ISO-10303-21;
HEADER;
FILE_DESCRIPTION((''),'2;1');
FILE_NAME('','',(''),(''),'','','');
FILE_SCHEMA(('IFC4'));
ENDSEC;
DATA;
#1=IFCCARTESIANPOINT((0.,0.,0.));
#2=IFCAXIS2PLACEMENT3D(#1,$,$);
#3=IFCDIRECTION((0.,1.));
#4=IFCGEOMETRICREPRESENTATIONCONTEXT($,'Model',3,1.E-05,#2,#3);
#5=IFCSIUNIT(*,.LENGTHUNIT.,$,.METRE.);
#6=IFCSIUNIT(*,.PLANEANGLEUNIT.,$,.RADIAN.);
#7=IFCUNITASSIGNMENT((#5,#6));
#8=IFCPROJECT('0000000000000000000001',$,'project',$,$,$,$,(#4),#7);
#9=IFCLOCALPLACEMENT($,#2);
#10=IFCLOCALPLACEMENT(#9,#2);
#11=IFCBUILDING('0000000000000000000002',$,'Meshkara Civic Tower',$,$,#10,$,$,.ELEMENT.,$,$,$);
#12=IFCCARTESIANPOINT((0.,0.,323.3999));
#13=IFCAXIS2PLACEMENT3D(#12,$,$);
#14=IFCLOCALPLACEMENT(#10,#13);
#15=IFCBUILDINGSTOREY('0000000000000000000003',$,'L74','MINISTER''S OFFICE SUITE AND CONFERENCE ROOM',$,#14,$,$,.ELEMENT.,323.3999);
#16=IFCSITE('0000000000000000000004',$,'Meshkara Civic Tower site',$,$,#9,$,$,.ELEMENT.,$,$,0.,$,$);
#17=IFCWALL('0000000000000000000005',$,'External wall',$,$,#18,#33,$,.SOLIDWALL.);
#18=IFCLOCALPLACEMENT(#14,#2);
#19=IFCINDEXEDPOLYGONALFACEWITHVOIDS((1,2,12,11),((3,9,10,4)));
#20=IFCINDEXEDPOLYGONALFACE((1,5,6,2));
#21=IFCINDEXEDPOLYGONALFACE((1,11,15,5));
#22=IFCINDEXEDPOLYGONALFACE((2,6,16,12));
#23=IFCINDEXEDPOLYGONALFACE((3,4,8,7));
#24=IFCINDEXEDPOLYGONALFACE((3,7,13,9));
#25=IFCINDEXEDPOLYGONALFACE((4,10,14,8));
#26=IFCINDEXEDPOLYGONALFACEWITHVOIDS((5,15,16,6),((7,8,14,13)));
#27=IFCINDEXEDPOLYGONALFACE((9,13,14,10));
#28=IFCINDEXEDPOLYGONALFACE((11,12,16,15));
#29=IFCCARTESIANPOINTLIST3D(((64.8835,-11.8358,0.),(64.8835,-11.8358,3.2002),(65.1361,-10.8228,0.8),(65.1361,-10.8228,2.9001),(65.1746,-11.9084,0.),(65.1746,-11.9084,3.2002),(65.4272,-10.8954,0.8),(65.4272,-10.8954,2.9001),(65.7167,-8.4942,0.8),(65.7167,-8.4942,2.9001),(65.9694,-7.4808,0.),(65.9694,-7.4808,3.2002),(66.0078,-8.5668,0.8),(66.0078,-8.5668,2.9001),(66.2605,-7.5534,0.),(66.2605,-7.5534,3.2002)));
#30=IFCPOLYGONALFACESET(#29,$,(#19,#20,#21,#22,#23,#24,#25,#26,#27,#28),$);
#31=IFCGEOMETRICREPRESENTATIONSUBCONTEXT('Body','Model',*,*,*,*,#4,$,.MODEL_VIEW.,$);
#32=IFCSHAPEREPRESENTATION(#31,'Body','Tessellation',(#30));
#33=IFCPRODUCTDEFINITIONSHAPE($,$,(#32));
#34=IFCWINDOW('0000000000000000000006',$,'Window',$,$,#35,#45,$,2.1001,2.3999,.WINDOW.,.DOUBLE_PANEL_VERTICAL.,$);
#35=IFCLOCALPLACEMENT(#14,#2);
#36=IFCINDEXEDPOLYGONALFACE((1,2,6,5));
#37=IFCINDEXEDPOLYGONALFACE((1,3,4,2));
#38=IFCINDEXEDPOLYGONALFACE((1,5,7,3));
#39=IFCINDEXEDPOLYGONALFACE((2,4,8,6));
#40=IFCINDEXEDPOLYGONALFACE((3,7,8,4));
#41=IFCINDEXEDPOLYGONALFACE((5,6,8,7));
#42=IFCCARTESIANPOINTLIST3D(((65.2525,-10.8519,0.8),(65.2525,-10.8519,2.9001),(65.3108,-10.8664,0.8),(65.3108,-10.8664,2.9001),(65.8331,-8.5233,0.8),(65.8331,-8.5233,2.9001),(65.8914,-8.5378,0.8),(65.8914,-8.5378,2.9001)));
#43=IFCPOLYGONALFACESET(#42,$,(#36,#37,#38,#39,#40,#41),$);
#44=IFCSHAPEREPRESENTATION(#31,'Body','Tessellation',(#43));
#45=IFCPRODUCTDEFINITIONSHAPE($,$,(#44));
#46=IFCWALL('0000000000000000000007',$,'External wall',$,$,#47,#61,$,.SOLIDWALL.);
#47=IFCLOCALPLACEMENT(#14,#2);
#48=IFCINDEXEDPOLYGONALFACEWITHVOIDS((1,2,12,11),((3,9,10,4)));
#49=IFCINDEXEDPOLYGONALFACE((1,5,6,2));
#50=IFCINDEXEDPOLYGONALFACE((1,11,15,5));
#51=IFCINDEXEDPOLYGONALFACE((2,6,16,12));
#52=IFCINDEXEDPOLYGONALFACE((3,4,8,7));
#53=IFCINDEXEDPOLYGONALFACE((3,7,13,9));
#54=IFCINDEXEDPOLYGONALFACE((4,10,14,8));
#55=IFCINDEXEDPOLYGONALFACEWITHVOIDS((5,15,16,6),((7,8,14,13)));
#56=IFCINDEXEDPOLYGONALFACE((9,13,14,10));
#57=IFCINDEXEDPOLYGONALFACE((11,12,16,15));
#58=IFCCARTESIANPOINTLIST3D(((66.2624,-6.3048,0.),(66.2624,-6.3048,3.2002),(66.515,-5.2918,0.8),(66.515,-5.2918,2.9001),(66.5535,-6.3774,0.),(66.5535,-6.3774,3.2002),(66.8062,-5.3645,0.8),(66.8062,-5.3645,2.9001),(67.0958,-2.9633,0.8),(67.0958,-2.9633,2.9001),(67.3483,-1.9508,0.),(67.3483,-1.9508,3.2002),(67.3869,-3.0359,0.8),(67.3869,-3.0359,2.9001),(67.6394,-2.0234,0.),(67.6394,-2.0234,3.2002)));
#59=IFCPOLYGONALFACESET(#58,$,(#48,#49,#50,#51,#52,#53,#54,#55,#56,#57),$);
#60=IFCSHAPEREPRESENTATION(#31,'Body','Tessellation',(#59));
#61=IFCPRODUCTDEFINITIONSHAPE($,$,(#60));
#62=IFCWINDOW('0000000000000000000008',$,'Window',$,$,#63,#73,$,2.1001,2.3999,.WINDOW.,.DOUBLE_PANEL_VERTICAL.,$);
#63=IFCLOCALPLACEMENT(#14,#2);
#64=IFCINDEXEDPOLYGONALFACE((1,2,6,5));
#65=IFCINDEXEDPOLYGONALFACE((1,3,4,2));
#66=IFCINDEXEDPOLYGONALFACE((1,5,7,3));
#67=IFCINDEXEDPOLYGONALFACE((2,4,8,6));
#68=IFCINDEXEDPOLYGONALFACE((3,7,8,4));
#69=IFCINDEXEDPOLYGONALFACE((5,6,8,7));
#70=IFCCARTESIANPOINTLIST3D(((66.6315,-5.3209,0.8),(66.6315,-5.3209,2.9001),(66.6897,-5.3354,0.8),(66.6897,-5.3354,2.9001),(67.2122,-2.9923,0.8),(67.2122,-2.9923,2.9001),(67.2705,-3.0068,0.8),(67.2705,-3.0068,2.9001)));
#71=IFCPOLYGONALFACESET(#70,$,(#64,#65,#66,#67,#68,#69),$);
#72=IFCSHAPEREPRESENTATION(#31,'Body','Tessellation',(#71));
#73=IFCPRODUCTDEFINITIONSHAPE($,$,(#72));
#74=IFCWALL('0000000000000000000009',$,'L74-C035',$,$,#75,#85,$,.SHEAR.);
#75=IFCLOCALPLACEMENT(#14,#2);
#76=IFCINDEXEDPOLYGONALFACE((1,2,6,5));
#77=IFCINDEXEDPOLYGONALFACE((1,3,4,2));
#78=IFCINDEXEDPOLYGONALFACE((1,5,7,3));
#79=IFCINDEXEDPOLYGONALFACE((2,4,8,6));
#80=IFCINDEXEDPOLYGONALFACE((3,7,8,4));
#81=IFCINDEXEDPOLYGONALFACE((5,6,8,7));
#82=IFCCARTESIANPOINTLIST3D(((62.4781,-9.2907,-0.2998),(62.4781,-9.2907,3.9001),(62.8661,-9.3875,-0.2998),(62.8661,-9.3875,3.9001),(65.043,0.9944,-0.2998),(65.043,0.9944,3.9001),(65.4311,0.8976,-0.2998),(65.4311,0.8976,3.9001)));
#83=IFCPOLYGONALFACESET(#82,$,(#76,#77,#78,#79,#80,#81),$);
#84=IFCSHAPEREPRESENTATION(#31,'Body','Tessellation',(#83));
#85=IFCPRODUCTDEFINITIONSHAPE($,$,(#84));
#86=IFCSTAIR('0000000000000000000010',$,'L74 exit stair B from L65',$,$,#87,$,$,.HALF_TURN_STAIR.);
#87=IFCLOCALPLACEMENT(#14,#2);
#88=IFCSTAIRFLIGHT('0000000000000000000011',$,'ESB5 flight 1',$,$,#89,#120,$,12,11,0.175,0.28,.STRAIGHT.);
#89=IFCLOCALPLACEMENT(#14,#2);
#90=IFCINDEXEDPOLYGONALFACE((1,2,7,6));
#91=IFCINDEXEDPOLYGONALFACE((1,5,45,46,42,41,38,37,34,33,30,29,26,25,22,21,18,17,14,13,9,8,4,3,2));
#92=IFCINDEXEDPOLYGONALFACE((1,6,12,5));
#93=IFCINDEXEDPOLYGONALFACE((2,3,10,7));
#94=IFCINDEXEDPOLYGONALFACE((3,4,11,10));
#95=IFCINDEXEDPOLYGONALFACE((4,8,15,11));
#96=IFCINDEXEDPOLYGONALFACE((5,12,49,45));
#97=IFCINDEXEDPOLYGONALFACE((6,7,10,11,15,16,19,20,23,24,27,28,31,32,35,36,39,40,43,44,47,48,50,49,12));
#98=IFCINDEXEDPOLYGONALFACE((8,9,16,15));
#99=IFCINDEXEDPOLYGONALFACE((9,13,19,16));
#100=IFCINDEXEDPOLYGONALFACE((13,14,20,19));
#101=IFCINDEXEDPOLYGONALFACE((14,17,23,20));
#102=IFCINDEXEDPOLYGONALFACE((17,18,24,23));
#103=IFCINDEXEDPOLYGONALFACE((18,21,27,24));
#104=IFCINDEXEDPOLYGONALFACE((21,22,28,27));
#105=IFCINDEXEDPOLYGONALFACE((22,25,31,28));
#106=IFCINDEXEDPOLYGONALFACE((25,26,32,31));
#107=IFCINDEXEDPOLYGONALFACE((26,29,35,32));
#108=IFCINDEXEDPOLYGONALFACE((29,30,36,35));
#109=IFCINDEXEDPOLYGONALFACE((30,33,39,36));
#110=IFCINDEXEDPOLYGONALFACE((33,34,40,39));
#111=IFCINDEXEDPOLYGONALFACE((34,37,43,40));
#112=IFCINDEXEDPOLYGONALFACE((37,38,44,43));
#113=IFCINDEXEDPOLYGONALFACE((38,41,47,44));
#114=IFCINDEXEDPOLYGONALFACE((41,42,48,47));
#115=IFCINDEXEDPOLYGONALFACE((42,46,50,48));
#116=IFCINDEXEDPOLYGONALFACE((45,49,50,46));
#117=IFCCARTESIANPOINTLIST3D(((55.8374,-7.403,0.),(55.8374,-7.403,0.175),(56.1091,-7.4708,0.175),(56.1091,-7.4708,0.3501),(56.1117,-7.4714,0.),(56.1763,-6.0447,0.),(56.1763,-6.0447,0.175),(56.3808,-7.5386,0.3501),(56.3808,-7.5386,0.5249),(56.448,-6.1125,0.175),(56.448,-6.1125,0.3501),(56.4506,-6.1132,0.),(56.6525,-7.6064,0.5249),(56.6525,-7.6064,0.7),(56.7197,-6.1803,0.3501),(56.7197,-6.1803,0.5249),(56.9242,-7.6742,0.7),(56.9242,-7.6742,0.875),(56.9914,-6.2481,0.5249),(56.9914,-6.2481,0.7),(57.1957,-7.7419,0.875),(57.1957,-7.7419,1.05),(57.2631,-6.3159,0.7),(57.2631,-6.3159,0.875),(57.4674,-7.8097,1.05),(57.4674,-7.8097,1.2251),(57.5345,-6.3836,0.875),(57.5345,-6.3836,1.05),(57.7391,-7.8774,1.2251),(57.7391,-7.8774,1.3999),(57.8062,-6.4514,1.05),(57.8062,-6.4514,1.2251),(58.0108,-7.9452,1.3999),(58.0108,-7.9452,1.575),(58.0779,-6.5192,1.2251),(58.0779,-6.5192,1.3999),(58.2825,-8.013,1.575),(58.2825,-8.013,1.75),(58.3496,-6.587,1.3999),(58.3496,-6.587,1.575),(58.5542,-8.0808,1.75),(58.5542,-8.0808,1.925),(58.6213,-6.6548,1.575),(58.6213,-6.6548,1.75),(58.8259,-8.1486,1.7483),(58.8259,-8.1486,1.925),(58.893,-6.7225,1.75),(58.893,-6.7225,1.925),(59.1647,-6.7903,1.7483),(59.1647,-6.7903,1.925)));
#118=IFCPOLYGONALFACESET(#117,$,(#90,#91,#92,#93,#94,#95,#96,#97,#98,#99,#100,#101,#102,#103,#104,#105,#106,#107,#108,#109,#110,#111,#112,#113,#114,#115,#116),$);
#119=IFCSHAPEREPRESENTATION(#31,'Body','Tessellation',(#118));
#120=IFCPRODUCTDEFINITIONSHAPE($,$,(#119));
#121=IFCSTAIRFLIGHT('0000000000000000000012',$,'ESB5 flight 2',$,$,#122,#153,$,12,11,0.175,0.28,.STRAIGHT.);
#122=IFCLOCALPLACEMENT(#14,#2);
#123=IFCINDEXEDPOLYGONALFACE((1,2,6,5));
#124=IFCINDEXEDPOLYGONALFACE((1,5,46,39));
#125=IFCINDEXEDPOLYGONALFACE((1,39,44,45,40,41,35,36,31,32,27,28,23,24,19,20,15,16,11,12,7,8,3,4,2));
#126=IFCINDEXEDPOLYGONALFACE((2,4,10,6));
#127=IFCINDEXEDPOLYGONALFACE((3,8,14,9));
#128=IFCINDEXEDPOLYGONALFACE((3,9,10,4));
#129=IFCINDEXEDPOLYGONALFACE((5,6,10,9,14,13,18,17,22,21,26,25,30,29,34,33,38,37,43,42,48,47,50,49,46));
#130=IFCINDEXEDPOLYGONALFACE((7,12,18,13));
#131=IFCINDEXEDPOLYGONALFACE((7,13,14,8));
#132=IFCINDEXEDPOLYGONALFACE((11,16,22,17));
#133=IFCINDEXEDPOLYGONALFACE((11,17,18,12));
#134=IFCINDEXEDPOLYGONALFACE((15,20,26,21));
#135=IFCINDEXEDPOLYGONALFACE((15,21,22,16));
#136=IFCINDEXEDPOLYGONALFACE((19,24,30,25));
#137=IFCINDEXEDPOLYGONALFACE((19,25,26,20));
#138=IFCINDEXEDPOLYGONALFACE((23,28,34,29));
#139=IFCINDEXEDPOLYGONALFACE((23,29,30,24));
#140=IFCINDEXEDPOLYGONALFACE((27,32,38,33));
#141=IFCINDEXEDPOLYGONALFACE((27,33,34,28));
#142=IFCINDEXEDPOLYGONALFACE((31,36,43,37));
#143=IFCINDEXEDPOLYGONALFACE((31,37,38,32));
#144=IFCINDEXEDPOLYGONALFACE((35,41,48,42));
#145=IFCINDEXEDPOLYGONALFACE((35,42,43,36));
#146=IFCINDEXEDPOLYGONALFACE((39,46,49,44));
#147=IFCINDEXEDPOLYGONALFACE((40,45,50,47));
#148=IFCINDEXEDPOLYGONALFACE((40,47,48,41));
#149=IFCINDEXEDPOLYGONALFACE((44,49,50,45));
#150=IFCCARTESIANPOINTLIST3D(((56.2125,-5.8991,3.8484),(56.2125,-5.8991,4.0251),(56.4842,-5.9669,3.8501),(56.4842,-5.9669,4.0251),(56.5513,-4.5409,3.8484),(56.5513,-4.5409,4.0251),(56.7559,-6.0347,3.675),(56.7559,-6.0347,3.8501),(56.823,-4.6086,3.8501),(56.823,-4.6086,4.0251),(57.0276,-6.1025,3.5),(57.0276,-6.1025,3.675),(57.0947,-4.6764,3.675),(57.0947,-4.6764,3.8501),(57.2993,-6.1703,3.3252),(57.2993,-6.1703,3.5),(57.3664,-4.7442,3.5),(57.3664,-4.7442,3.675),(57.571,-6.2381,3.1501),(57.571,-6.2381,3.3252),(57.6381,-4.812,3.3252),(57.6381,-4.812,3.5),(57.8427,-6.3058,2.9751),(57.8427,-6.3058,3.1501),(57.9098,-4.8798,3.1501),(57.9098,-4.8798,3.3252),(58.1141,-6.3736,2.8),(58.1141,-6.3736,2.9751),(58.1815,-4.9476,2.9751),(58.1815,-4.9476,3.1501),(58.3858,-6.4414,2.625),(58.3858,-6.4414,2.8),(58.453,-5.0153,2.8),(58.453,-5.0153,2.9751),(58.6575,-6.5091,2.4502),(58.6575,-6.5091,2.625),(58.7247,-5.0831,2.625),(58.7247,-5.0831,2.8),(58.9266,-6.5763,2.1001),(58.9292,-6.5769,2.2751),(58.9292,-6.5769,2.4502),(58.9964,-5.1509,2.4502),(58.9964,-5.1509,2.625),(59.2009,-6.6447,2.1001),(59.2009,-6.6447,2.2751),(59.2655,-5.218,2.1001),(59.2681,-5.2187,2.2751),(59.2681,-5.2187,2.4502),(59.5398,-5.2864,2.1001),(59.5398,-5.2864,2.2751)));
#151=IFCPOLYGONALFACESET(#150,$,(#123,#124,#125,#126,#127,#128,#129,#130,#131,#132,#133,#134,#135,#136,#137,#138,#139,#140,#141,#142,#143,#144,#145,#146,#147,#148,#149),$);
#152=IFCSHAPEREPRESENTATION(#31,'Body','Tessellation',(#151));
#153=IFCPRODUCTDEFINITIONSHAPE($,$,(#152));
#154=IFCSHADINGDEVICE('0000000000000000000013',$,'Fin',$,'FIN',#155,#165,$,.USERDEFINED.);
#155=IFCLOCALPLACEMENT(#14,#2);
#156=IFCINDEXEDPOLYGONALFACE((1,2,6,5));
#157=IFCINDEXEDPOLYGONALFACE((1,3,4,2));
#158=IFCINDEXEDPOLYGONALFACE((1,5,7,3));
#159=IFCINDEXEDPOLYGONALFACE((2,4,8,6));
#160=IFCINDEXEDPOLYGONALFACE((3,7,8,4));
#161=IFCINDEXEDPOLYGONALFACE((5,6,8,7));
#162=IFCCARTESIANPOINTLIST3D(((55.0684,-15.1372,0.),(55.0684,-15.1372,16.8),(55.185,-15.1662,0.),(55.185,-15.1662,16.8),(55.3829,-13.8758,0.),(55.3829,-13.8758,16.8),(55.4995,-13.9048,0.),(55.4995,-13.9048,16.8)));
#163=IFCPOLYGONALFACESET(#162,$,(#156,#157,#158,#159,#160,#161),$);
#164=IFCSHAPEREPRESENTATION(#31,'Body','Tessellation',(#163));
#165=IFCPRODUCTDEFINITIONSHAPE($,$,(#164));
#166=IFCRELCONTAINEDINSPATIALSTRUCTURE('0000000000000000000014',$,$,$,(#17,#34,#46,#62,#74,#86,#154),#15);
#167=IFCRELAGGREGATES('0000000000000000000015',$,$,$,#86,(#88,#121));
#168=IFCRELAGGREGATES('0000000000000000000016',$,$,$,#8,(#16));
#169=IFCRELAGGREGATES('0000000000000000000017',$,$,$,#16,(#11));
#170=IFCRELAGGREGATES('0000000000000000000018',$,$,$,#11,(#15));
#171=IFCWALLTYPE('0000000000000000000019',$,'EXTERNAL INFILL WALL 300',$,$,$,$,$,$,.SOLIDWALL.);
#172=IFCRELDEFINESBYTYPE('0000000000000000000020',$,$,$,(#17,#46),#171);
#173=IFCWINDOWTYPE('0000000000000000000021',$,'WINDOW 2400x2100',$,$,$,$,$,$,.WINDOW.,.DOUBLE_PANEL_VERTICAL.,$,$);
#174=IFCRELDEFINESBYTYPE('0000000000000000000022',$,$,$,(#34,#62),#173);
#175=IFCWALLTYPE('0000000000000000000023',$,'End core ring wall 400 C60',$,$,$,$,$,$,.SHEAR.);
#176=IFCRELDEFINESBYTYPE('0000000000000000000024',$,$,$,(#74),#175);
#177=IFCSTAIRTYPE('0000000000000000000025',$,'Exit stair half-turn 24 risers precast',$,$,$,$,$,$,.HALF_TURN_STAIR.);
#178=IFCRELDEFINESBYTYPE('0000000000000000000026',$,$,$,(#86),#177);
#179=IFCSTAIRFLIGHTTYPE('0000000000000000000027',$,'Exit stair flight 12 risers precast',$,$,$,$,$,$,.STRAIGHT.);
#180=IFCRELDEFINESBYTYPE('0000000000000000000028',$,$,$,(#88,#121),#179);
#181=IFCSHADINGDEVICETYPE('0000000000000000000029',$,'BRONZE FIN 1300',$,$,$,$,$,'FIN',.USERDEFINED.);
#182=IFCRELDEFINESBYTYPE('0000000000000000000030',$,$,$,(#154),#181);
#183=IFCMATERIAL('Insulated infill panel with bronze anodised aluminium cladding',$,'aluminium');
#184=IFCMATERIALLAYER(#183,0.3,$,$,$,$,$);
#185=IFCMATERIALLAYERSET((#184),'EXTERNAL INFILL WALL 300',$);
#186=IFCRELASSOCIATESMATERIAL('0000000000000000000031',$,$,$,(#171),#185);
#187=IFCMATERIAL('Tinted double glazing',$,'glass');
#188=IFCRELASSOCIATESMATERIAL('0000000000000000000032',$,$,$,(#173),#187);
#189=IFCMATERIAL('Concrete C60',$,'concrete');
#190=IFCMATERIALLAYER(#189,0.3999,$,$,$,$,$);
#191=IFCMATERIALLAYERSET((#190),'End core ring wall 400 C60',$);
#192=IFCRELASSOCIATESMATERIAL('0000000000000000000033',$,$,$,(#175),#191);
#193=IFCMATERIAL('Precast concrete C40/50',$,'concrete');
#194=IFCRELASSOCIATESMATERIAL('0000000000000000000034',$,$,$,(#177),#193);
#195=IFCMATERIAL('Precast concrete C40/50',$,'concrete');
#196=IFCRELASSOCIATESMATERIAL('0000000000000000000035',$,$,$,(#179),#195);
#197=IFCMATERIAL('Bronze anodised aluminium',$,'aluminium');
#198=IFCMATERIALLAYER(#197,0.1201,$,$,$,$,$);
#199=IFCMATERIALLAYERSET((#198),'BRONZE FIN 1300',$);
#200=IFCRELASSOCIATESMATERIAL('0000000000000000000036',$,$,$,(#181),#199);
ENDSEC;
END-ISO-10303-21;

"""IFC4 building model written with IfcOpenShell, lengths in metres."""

from ifc_helpers import new_model, si_unit, direction, frame, frame_2d, origin, origin_2d, place, context, subcontext, project, spatial, polyline, rectangle, outline, extrude, material, layer, layer_set, type_object, element, fill, aggregate, save


model = new_model("IFC4")

# Units and contexts
model_context = context("Model", 3, precision=1e-05, world=origin(), true_north=direction((0.0, 1.0)))
body_context = subcontext(model_context, "Body", "Model", "MODEL_VIEW")
ifc_project = project(units=[si_unit("LENGTHUNIT", "METRE"), si_unit("PLANEANGLEUNIT", "RADIAN")], contexts=[model_context])

# Site, building, storey
site_placement = place(None, origin())
site = spatial("IfcSite", under=ifc_project, at=site_placement, Name="Meshkara Civic Tower site", CompositionType="ELEMENT", RefElevation=0.0)
building_placement = place(site_placement, origin())
building = spatial("IfcBuilding", under=site, at=building_placement, Name="Meshkara Civic Tower", CompositionType="ELEMENT")
storey_placement = place(building_placement, frame((0.0, 0.0, 323.3999)))
storey = spatial("IfcBuildingStorey", under=building, at=storey_placement, Name="L74", Description="MINISTER'S OFFICE SUITE AND CONFERENCE ROOM", CompositionType="ELEMENT", Elevation=323.3999)

# Walls, openings, windows
ifc_material_1 = material(Name="Insulated infill panel with bronze anodised aluminium cladding", Category="aluminium")
ifc_layer_1 = layer(ifc_material_1, 0.3)
ifc_layer_set_1 = layer_set([ifc_layer_1], Name="EXTERNAL INFILL WALL 300")
wall_type_1 = type_object("IfcWallType", Name="EXTERNAL INFILL WALL 300", PredefinedType="SOLIDWALL", material=ifc_layer_set_1)
ifc_material_2 = material(Name="Tinted double glazing", Category="glass")
window_type = type_object("IfcWindowType", Name="WINDOW 2400x2100", PartitioningType="DOUBLE_PANEL_VERTICAL", PredefinedType="WINDOW", material=ifc_material_2)
wall_1_placement = place(storey_placement, frame((65.0291, -11.8721, 0.0), z_axis=(0.0, 0.0, 1.0), x_axis=(0.241947, 0.97029, 0.0)))
wall_1 = element("IfcWall", 1, at=wall_1_placement, inside=storey, type_object=wall_type_1, Name="External wall", PredefinedType="SOLIDWALL", context=body_context, shape_type="SweptSolid", body=[
    extrude(rectangle(XDim=4.4883, YDim=0.3, at=frame_2d((2.2441, 0.0))), origin(), (0.0, 0.0, 1.0), 3.2002),
])
opening_1_placement = place(wall_1_placement, frame((1.0439, 0.0, 0.8)))
opening_1 = element("IfcOpeningElement", 2, at=opening_1_placement, cuts=wall_1, PredefinedType="OPENING", context=body_context, shape_type="SweptSolid", body=[
    extrude(rectangle(XDim=2.3999, YDim=2.1001, at=frame_2d((1.2, 1.05))), frame((0.0, 0.1599, 0.0), z_axis=(0.0, -1.0, 0.0), x_axis=(1.0, 0.0, 0.0)), (0.0, 0.0, 1.0), 0.3201),
])
window_1_placement = place(opening_1_placement, origin())
window_1 = element("IfcWindow", 3, at=window_1_placement, inside=storey, type_object=window_type, Name="Window", OverallHeight=2.1001, OverallWidth=2.3999, PartitioningType="DOUBLE_PANEL_VERTICAL", PredefinedType="WINDOW", context=body_context, shape_type="SweptSolid", body=[
    extrude(rectangle(XDim=2.3999, YDim=2.1001, at=frame_2d((1.2, 1.05))), frame((0.0, 0.03, 0.0), z_axis=(0.0, -1.0, 0.0), x_axis=(1.0, 0.0, 0.0)), (0.0, 0.0, 1.0), 0.0601),
])
fill(opening_1, window_1)
wall_2_placement = place(storey_placement, frame((66.408, -6.3411, 0.0), z_axis=(0.0, 0.0, 1.0), x_axis=(0.241998, 0.970277, 0.0)))
wall_2 = element("IfcWall", 4, at=wall_2_placement, inside=storey, type_object=wall_type_1, Name="External wall", PredefinedType="SOLIDWALL", context=body_context, shape_type="SweptSolid", body=[
    extrude(rectangle(XDim=4.4873, YDim=0.3, at=frame_2d((2.2437, 0.0))), origin(), (0.0, 0.0, 1.0), 3.2002),
])
opening_2_placement = place(wall_2_placement, frame((1.0439, 0.0, 0.8)))
opening_2 = element("IfcOpeningElement", 5, at=opening_2_placement, cuts=wall_2, PredefinedType="OPENING", context=body_context, shape_type="SweptSolid", body=[
    extrude(rectangle(XDim=2.3999, YDim=2.1001, at=frame_2d((1.2, 1.05))), frame((0.0, 0.1599, 0.0), z_axis=(0.0, -1.0, 0.0), x_axis=(1.0, 0.0, 0.0)), (0.0, 0.0, 1.0), 0.3201),
])
window_2_placement = place(opening_2_placement, origin())
window_2 = element("IfcWindow", 6, at=window_2_placement, inside=storey, type_object=window_type, Name="Window", OverallHeight=2.1001, OverallWidth=2.3999, PartitioningType="DOUBLE_PANEL_VERTICAL", PredefinedType="WINDOW", context=body_context, shape_type="SweptSolid", body=[
    extrude(rectangle(XDim=2.3999, YDim=2.1001, at=frame_2d((1.2, 1.05))), frame((0.0, 0.03, 0.0), z_axis=(0.0, -1.0, 0.0), x_axis=(1.0, 0.0, 0.0)), (0.0, 0.0, 1.0), 0.0601),
])
fill(opening_2, window_2)

# Wall
ifc_material_3 = material(Name="Concrete C60", Category="concrete")
ifc_layer_2 = layer(ifc_material_3, 0.3999)
ifc_layer_set_2 = layer_set([ifc_layer_2], Name="End core ring wall 400 C60")
wall_type_2 = type_object("IfcWallType", Name="End core ring wall 400 C60", PredefinedType="SHEAR", material=ifc_layer_set_2)
wall_3_placement = place(storey_placement, frame((62.6721, -9.3391, -0.2998), z_axis=(0.0, 0.0, 1.0), x_axis=(0.241972, 0.970283, 0.0)))
element("IfcWall", 7, at=wall_3_placement, inside=storey, type_object=wall_type_2, Name="L74-C035", PredefinedType="SHEAR", context=body_context, shape_type="SweptSolid", body=[
    extrude(rectangle(XDim=10.6001, YDim=0.3999, at=frame_2d((5.3, 0.0))), origin(), (0.0, 0.0, 1.0), 4.2),
])

# Stair, stair flights
ifc_material_4 = material(Name="Precast concrete C40/50", Category="concrete")
stair_type = type_object("IfcStairType", Name="Exit stair half-turn 24 risers precast", PredefinedType="HALF_TURN_STAIR", material=ifc_material_4)
stair_placement = place(storey_placement, origin())
stair = element("IfcStair", 8, at=stair_placement, inside=storey, type_object=stair_type, Name="L74 exit stair B from L65", PredefinedType="HALF_TURN_STAIR")
ifc_material_5 = material(Name="Precast concrete C40/50", Category="concrete")
stair_flight_type = type_object("IfcStairFlightType", Name="Exit stair flight 12 risers precast", PredefinedType="STRAIGHT", material=ifc_material_5)
stair_flight_1_placement = place(storey_placement, frame((56.0068, -6.7239, 0.0), z_axis=(0.0, 0.0, 1.0), x_axis=(0.97026, -0.242065, 0.0)))
stair_flight_1 = element("IfcStairFlight", 9, at=stair_flight_1_placement, type_object=stair_flight_type, Name="ESB5 flight 1", NumberOfRisers=12, NumberOfTreads=11, PredefinedType="STRAIGHT", RiserHeight=0.175, TreadLength=0.28, context=body_context, shape_type="SweptSolid", body=[
    extrude(outline(polyline([(0.0, 0.0), (0.0, 0.175), (0.28, 0.175), (0.28, 0.3501), (0.5601, 0.3501), (0.5601, 0.5249), (0.8401, 0.5249), (0.8401, 0.7), (1.1201, 0.7), (1.1201, 0.875), (1.3999, 0.875), (1.3999, 1.05), (1.6799, 1.05), (1.6799, 1.2251), (1.96, 1.2251), (1.96, 1.3999), (2.24, 1.3999), (2.24, 1.575), (2.52, 1.575), (2.52, 1.75), (2.8, 1.75), (2.8, 1.925), (3.0801, 1.925), (3.0801, 2.1001), (3.0801, 1.7483), (0.2827, 0.0), (0.0, 0.0)])), frame((0.0, 0.7, 0.0), z_axis=(0.0, -1.0, 0.0), x_axis=(1.0, 0.0, 0.0)), (0.0, 0.0, 1.0), 1.3999),
])
stair_flight_2_placement = place(storey_placement, frame((59.3704, -5.9656, 2.1001), z_axis=(0.0, 0.0, 1.0), x_axis=(-0.97026, 0.242065, 0.0)))
stair_flight_2 = element("IfcStairFlight", 10, at=stair_flight_2_placement, type_object=stair_flight_type, Name="ESB5 flight 2", NumberOfRisers=12, NumberOfTreads=11, PredefinedType="STRAIGHT", RiserHeight=0.175, TreadLength=0.28, context=body_context, shape_type="SweptSolid", body=[
    extrude(outline(polyline([(0.0, 0.0), (0.0, 0.175), (0.28, 0.175), (0.28, 0.3501), (0.5601, 0.3501), (0.5601, 0.5249), (0.8401, 0.5249), (0.8401, 0.7), (1.1201, 0.7), (1.1201, 0.875), (1.3999, 0.875), (1.3999, 1.05), (1.6799, 1.05), (1.6799, 1.2251), (1.96, 1.2251), (1.96, 1.3999), (2.24, 1.3999), (2.24, 1.575), (2.52, 1.575), (2.52, 1.75), (2.8, 1.75), (2.8, 1.925), (3.0801, 1.925), (3.0801, 2.1001), (3.0801, 1.7483), (0.2827, 0.0), (0.0, 0.0)])), frame((0.0, 0.7, 0.0), z_axis=(0.0, -1.0, 0.0), x_axis=(1.0, 0.0, 0.0)), (0.0, 0.0, 1.0), 1.3999),
])
aggregate(stair, [stair_flight_1, stair_flight_2])

# Shading device
ifc_material_6 = material(Name="Bronze anodised aluminium", Category="aluminium")
ifc_layer_3 = layer(ifc_material_6, 0.1201)
ifc_layer_set_3 = layer_set([ifc_layer_3], Name="BRONZE FIN 1300")
shading_device_type_1 = type_object("IfcShadingDeviceType", Name="BRONZE FIN 1300", ElementType="FIN", PredefinedType="USERDEFINED", material=ifc_layer_set_3)
shading_device_placement = place(storey_placement, frame((55.2839, -14.521, 0.0), z_axis=(0.0, 0.0, 1.0), x_axis=(0.970296, -0.241922, 0.0)))
element("IfcShadingDevice", 11, at=shading_device_placement, inside=storey, type_object=shading_device_type_1, Name="Fin", ObjectType="FIN", PredefinedType="USERDEFINED", context=body_context, shape_type="SweptSolid", body=[
    extrude(rectangle(XDim=0.1201, YDim=1.3, at=origin_2d()), origin(), (0.0, 0.0, 1.0), 16.8),
])

save(model, "model.ifc")
